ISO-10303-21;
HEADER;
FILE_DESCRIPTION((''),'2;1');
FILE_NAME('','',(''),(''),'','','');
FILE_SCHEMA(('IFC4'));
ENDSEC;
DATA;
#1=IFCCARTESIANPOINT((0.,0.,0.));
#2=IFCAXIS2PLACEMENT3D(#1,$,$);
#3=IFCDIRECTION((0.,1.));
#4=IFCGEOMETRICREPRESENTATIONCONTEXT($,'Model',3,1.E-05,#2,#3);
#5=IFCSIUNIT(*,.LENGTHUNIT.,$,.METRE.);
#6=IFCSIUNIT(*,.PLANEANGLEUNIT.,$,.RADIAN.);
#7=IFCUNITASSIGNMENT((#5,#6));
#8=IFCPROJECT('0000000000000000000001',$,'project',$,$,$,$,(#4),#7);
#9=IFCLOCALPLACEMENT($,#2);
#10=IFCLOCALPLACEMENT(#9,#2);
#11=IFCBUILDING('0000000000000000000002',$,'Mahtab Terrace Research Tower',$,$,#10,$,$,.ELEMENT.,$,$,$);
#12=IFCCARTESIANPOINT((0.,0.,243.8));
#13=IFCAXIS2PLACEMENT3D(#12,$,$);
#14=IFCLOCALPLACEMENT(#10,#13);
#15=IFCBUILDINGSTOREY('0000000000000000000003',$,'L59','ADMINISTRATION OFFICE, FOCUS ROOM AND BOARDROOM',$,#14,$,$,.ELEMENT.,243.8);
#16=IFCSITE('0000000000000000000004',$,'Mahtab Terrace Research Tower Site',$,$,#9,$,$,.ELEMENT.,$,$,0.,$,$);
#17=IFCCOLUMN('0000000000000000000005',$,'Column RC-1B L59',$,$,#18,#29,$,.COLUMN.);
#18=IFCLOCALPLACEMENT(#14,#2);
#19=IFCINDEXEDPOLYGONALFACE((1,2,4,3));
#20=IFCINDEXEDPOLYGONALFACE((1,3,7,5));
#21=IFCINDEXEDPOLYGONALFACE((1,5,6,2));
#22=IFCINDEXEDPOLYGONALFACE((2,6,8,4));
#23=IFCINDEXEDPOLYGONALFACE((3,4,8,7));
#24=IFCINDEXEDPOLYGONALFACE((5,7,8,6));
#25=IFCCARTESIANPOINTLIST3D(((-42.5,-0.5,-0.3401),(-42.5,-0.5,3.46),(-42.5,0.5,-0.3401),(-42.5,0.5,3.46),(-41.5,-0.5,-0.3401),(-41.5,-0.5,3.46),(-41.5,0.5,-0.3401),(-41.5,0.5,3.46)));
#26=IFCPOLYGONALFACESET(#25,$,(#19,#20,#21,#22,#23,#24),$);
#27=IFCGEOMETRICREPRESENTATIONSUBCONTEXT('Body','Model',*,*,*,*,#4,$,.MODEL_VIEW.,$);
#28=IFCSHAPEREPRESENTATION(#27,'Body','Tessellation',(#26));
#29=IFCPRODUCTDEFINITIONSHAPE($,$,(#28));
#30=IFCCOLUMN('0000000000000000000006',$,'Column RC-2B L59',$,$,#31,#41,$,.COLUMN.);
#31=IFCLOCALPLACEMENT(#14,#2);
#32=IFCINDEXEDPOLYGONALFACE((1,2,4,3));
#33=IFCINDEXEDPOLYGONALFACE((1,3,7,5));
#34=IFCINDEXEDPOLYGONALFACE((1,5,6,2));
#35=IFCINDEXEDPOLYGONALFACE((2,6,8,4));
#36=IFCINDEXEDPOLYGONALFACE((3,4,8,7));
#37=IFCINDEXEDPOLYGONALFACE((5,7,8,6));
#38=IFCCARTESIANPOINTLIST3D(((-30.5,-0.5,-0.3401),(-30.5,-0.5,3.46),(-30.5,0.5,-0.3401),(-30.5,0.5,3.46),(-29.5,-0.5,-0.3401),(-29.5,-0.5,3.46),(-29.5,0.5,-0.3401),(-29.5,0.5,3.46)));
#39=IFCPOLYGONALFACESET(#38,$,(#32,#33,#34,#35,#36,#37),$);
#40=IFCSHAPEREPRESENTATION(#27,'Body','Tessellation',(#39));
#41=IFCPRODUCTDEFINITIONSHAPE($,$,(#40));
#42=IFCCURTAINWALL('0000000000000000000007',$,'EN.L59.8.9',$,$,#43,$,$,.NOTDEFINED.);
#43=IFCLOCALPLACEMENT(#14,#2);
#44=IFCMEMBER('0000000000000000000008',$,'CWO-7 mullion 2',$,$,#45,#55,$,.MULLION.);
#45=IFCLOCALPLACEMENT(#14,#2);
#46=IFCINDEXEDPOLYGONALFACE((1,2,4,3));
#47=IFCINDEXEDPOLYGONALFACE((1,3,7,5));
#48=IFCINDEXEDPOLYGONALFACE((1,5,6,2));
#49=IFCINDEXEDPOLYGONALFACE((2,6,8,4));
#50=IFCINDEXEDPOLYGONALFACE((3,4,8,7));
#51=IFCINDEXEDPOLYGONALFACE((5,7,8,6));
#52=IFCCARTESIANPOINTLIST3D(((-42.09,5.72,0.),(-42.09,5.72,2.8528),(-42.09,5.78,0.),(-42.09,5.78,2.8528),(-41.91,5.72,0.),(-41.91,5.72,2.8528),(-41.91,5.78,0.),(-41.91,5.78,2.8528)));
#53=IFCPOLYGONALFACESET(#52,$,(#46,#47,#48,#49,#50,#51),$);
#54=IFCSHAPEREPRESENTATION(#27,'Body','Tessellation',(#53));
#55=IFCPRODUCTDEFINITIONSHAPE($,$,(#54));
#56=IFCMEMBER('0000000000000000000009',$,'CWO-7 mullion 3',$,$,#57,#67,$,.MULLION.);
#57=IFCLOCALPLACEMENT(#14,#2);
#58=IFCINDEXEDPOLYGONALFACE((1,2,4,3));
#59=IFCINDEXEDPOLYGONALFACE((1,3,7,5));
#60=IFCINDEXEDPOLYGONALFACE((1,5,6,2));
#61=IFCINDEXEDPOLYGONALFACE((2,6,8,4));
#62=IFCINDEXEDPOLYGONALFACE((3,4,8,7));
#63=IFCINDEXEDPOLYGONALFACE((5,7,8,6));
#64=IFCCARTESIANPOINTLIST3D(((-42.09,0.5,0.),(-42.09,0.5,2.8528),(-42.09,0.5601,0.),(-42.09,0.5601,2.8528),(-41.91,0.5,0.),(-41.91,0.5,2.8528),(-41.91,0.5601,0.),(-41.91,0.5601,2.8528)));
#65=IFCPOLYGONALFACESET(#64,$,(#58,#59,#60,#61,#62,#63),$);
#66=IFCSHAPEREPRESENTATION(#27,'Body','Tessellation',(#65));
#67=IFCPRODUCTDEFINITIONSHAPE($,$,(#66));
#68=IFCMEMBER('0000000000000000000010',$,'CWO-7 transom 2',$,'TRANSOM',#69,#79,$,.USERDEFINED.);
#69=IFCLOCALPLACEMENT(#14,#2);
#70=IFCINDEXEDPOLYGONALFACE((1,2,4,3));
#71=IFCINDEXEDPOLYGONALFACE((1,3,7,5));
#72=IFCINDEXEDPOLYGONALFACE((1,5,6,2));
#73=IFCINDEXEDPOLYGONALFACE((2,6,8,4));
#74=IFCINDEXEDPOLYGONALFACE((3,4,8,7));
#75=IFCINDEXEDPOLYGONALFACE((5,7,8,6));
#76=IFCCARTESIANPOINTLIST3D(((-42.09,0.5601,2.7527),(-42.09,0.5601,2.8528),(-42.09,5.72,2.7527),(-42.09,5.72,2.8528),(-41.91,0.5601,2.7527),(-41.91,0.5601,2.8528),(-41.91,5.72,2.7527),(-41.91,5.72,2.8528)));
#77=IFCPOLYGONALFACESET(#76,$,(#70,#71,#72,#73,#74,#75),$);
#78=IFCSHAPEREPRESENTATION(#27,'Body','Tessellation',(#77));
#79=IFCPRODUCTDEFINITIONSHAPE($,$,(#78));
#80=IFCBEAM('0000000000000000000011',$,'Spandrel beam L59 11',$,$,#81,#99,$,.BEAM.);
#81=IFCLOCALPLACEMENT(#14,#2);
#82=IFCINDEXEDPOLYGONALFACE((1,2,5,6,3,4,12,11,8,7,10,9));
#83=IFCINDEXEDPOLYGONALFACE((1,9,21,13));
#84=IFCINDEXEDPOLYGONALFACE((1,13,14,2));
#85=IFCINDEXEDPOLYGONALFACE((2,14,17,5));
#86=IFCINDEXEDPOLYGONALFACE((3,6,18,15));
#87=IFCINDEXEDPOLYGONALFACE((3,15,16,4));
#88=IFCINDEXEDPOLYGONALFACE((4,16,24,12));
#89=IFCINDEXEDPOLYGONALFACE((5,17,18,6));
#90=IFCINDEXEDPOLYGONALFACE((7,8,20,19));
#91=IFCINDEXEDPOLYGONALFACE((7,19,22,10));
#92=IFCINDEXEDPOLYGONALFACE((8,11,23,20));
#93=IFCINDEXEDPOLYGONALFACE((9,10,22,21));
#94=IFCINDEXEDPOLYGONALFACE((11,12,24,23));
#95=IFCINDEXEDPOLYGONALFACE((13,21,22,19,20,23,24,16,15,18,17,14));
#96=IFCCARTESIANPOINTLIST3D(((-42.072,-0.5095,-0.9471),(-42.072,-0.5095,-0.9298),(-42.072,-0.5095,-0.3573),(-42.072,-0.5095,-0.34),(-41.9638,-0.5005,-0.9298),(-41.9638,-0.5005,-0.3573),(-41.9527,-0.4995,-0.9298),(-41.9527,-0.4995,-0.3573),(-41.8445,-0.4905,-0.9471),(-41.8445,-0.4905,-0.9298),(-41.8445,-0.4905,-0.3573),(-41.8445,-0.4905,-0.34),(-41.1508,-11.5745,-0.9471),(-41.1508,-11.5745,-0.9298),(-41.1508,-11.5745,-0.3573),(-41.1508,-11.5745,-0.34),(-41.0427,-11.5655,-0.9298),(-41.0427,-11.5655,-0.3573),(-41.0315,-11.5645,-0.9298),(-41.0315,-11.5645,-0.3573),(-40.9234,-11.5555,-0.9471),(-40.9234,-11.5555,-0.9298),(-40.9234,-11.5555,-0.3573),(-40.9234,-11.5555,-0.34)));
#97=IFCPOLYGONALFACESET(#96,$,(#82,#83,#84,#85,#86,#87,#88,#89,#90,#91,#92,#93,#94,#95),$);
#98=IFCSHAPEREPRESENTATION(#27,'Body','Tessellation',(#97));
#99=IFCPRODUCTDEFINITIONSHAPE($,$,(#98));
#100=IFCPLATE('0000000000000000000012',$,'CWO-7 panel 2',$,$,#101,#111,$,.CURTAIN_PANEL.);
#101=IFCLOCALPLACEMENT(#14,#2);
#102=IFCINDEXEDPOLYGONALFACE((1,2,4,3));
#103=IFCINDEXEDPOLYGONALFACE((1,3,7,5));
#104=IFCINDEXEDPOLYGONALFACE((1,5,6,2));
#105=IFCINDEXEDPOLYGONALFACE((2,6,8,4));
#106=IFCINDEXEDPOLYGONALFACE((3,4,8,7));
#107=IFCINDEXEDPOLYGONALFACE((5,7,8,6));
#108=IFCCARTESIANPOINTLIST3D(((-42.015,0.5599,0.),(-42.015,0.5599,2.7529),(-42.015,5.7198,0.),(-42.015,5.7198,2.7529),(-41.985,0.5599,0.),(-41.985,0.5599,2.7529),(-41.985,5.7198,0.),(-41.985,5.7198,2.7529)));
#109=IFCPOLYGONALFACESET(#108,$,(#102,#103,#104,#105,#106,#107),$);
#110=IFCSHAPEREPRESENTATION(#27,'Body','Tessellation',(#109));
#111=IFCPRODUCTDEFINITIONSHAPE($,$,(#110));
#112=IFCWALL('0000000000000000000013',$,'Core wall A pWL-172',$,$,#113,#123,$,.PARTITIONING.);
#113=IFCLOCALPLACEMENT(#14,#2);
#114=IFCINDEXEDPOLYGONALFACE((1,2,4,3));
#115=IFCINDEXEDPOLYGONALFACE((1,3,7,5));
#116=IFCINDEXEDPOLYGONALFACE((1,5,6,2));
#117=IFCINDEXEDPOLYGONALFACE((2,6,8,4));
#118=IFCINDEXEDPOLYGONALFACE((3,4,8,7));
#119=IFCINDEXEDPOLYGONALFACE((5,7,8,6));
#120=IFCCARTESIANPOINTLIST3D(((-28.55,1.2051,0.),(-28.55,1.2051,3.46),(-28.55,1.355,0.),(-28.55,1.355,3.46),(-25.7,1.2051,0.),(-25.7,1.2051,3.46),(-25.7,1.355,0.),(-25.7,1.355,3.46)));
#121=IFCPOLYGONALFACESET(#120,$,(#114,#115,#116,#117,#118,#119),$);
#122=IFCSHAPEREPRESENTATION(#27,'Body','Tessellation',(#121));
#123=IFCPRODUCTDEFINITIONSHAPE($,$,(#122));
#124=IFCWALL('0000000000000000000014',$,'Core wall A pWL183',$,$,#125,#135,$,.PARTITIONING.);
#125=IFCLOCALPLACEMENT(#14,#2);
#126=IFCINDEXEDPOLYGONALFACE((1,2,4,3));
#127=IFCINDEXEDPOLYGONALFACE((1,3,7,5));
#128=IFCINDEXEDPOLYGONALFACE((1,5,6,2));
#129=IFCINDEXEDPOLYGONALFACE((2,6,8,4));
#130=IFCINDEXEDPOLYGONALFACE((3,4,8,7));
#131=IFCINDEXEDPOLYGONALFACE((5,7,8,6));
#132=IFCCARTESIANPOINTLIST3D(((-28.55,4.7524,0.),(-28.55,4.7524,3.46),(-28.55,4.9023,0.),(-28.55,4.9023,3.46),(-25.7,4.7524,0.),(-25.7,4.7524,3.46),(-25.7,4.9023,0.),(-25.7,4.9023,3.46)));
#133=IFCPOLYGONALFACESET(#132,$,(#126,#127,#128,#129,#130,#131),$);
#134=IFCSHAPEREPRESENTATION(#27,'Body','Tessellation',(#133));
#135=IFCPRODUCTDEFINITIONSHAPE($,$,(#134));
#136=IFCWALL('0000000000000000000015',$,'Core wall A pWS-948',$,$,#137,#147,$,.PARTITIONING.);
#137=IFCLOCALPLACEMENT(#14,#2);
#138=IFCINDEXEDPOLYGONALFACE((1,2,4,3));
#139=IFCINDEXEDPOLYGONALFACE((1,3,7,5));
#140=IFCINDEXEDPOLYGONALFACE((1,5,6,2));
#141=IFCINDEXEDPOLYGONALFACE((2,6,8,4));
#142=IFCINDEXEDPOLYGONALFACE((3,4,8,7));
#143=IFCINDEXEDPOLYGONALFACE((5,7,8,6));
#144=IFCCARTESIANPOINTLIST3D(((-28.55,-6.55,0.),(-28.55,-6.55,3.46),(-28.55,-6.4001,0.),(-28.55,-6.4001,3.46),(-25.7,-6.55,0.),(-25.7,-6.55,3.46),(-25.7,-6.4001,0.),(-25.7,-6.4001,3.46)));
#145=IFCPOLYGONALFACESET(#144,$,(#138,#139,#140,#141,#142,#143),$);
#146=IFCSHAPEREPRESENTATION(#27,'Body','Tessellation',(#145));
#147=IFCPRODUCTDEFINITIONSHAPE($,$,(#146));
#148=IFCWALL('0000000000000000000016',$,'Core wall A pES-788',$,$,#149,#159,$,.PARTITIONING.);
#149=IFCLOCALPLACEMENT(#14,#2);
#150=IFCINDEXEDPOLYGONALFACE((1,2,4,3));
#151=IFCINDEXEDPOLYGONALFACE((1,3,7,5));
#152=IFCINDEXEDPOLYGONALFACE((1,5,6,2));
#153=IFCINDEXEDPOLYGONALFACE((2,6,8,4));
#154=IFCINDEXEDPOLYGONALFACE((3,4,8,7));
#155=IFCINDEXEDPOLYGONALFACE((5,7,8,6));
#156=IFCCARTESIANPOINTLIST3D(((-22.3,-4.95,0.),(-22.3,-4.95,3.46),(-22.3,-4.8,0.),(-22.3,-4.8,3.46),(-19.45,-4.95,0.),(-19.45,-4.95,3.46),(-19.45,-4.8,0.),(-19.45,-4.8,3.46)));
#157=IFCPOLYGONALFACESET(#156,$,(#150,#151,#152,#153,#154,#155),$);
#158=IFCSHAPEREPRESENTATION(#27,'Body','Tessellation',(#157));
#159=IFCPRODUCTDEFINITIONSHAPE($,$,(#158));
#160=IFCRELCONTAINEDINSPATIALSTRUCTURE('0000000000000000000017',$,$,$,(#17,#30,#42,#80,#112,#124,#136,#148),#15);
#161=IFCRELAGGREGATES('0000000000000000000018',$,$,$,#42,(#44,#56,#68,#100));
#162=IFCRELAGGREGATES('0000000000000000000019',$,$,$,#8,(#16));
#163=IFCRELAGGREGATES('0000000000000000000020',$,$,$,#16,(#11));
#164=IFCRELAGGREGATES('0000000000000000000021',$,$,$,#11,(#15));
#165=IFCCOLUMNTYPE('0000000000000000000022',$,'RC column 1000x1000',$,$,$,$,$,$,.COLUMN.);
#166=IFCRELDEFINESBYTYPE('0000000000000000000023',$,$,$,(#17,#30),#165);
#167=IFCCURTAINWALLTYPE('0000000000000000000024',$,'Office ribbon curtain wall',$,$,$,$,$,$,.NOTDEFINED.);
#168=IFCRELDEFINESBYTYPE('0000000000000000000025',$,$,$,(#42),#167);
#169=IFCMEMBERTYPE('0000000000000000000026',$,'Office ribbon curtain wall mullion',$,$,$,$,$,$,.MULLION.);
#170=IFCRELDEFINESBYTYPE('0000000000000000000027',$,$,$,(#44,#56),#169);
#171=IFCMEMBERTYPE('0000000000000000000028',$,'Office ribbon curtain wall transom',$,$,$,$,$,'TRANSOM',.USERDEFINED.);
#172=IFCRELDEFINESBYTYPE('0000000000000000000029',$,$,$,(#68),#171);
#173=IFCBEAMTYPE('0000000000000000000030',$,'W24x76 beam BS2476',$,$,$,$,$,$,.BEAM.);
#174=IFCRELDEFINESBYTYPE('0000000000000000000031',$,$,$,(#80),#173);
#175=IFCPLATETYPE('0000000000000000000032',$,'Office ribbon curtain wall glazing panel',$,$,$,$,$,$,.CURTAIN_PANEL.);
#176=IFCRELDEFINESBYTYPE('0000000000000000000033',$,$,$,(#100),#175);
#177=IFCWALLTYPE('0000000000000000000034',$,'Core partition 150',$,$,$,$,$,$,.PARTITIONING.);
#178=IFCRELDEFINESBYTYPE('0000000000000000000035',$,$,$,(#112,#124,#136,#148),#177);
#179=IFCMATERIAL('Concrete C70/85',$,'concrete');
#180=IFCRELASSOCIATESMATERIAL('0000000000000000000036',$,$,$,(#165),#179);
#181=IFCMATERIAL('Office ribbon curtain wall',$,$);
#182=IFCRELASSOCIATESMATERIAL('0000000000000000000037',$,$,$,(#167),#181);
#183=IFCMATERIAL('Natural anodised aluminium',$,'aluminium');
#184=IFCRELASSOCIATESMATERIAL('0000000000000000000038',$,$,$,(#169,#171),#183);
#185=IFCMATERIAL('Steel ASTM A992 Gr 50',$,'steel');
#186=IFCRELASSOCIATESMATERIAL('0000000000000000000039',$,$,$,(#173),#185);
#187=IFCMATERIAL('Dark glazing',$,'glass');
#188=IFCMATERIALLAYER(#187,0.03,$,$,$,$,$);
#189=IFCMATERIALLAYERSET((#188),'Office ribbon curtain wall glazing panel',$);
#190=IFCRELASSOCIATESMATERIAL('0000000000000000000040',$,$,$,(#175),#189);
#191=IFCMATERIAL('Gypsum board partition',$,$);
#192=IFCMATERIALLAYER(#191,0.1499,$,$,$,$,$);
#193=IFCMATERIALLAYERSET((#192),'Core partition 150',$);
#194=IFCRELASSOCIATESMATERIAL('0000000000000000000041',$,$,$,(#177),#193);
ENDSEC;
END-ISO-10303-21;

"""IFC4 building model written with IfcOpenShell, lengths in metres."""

from ifc_helpers import new_model, si_unit, direction, frame, frame_2d, origin, origin_2d, place, context, subcontext, project, spatial, rectangle, i_section, extrude, material, layer, layer_set, material_profile, profile_set, type_object, element, aggregate, save


model = new_model("IFC4")

# Units and contexts
model_context = context("Model", 3, precision=1e-05, world=origin(), true_north=direction((0.0, 1.0)))
body_context = subcontext(model_context, "Body", "Model", "MODEL_VIEW")
ifc_project = project(units=[si_unit("LENGTHUNIT", "METRE"), si_unit("PLANEANGLEUNIT", "RADIAN")], contexts=[model_context])

# Site, building, storey
site_placement = place(None, origin())
site = spatial("IfcSite", under=ifc_project, at=site_placement, Name="Mahtab Terrace Research Tower Site", CompositionType="ELEMENT", RefElevation=0.0)
building_placement = place(site_placement, origin())
building = spatial("IfcBuilding", under=site, at=building_placement, Name="Mahtab Terrace Research Tower", CompositionType="ELEMENT")
storey_placement = place(building_placement, frame((0.0, 0.0, 243.8)))
storey = spatial("IfcBuildingStorey", under=building, at=storey_placement, Name="L59", Description="ADMINISTRATION OFFICE, FOCUS ROOM AND BOARDROOM", CompositionType="ELEMENT", Elevation=243.8)

# Columns
ifc_material_1 = material(Name="Concrete C70/85", Category="concrete")
ifc_material_profile_1 = material_profile(ifc_material_1, rectangle(XDim=1.0, YDim=1.0, at=origin_2d()), Name="RC column 1000x1000")
ifc_profile_set_1 = profile_set([ifc_material_profile_1], Name="Concrete C70/85")
column_type = type_object("IfcColumnType", Name="RC column 1000x1000", PredefinedType="COLUMN", material=ifc_profile_set_1)
for number, where, z_axis, x_axis, name in (
    (1, (-42.0, 0.0, -0.3401), (0.0, 0.0, 1.0), (1.0, 0.0, 0.0), "Column RC-1B L59"),
    (2, (-30.0, 0.0, -0.3401), (0.0, 0.0, 1.0), (1.0, 0.0, 0.0), "Column RC-2B L59"),
):
    element("IfcColumn", number, at=place(storey_placement, frame(where, z_axis=z_axis, x_axis=x_axis)), inside=storey, type_object=column_type, Name=name, PredefinedType="COLUMN", context=body_context, shape_type="SweptSolid", body=[
        extrude(rectangle(XDim=1.0, YDim=1.0, at=origin_2d()), origin(), (0.0, 0.0, 1.0), 3.8),
    ])

# Curtain wall, members
ifc_material_2 = material(Name="Office ribbon curtain wall")
curtain_wall_type = type_object("IfcCurtainWallType", Name="Office ribbon curtain wall", PredefinedType="NOTDEFINED", material=ifc_material_2)
curtain_wall_placement = place(storey_placement, origin())
curtain_wall = element("IfcCurtainWall", 3, at=curtain_wall_placement, inside=storey, type_object=curtain_wall_type, Name="EN.L59.8.9", PredefinedType="NOTDEFINED")
ifc_material_3 = material(Name="Natural anodised aluminium", Category="aluminium")
ifc_material_profile_2 = material_profile(ifc_material_3, rectangle(XDim=0.1799, YDim=0.0601, at=origin_2d()), Name="MULLION 60x180")
ifc_profile_set_2 = profile_set([ifc_material_profile_2], Name="Natural anodised aluminium")
member_type_1 = type_object("IfcMemberType", Name="Office ribbon curtain wall mullion", PredefinedType="MULLION", material=ifc_profile_set_2)
member_1_placement = place(storey_placement, frame((-42.0, 5.75, 0.0), z_axis=(0.0, 0.0, 1.0), x_axis=(1.0, 0.0, 0.0)))
member_1 = element("IfcMember", 4, at=member_1_placement, type_object=member_type_1, Name="CWO-7 mullion 2", PredefinedType="MULLION", context=body_context, shape_type="SweptSolid", body=[
    extrude(rectangle(XDim=0.1799, YDim=0.0601, at=origin_2d()), origin(), (0.0, 0.0, 1.0), 2.8528),
])
member_2_placement = place(storey_placement, frame((-42.0, 0.53, 0.0), z_axis=(0.0, 0.0, 1.0), x_axis=(1.0, 0.0, 0.0)))
member_2 = element("IfcMember", 5, at=member_2_placement, type_object=member_type_1, Name="CWO-7 mullion 3", PredefinedType="MULLION", context=body_context, shape_type="SweptSolid", body=[
    extrude(rectangle(XDim=0.1799, YDim=0.0601, at=origin_2d()), origin(), (0.0, 0.0, 1.0), 2.8528),
])
ifc_material_profile_3 = material_profile(ifc_material_3, rectangle(XDim=0.1799, YDim=0.1001, at=origin_2d()), Name="TRANSOM 100x180")
ifc_profile_set_3 = profile_set([ifc_material_profile_3], Name="Natural anodised aluminium")
member_type_2 = type_object("IfcMemberType", Name="Office ribbon curtain wall transom", ElementType="TRANSOM", PredefinedType="USERDEFINED", material=ifc_profile_set_3)
member_3_placement = place(storey_placement, frame((-42.0, 5.72, 2.8027), z_axis=(0.0, -1.0, 0.0), x_axis=(1.0, 0.0, 0.0)))
member_3 = element("IfcMember", 6, at=member_3_placement, type_object=member_type_2, Name="CWO-7 transom 2", ObjectType="TRANSOM", PredefinedType="USERDEFINED", context=body_context, shape_type="SweptSolid", body=[
    extrude(rectangle(XDim=0.1799, YDim=0.1001, at=origin_2d()), origin(), (0.0, 0.0, 1.0), 5.1599),
])

# Beam
ifc_material_4 = material(Name="Steel ASTM A992 Gr 50", Category="steel")
ifc_material_profile_4 = material_profile(ifc_material_4, i_section(OverallWidth=0.2283, OverallDepth=0.6072, WebThickness=0.0112, FlangeThickness=0.0173, at=origin_2d()), Name="W24X76")
ifc_profile_set_4 = profile_set([ifc_material_profile_4], Name="Steel ASTM A992 Gr 50")
beam_type = type_object("IfcBeamType", Name="W24x76 beam BS2476", PredefinedType="BEAM", material=ifc_profile_set_4)
beam_placement = place(storey_placement, frame((-41.9583, -0.5, -0.6436), z_axis=(0.082962, -0.996553, 0.0), x_axis=(0.996553, 0.082962, 0.0)))
element("IfcBeam", 7, at=beam_placement, inside=storey, type_object=beam_type, Name="Spandrel beam L59 11", PredefinedType="BEAM", context=body_context, shape_type="SweptSolid", body=[
    extrude(i_section(OverallWidth=0.2283, OverallDepth=0.6072, WebThickness=0.0112, FlangeThickness=0.0173, at=origin_2d()), origin(), (0.0, 0.0, 1.0), 11.1033),
])

# Plate
ifc_material_5 = material(Name="Dark glazing", Category="glass")
ifc_layer_1 = layer(ifc_material_5, 0.03)
ifc_layer_set_1 = layer_set([ifc_layer_1], Name="Office ribbon curtain wall glazing panel")
plate_type = type_object("IfcPlateType", Name="Office ribbon curtain wall glazing panel", PredefinedType="CURTAIN_PANEL", material=ifc_layer_set_1)
plate_placement = place(storey_placement, frame((-42.0, 3.1399, 0.0), z_axis=(0.0, 0.0, 1.0), x_axis=(0.0, -1.0, 0.0)))
plate = element("IfcPlate", 8, at=plate_placement, type_object=plate_type, Name="CWO-7 panel 2", PredefinedType="CURTAIN_PANEL", context=body_context, shape_type="SweptSolid", body=[
    extrude(rectangle(XDim=5.1599, YDim=0.03, at=origin_2d()), origin(), (0.0, 0.0, 1.0), 2.7529),
])
aggregate(curtain_wall, [member_1, member_2, member_3, plate])

# Walls
ifc_material_6 = material(Name="Gypsum board partition")
ifc_layer_2 = layer(ifc_material_6, 0.1499)
ifc_layer_set_2 = layer_set([ifc_layer_2], Name="Core partition 150")
wall_type_1 = type_object("IfcWallType", Name="Core partition 150", PredefinedType="PARTITIONING", material=ifc_layer_set_2)
for number, where, z_axis, x_axis, name in (
    (9, (-28.55, 1.28, 0.0), (0.0, 0.0, 1.0), (1.0, 0.0, 0.0), "Core wall A pWL-172"),
    (10, (-28.55, 4.8274, 0.0), (0.0, 0.0, 1.0), (1.0, 0.0, 0.0), "Core wall A pWL183"),
    (11, (-28.55, -6.4751, 0.0), (0.0, 0.0, 1.0), (1.0, 0.0, 0.0), "Core wall A pWS-948"),
    (12, (-22.3, -4.875, 0.0), (0.0, 0.0, 1.0), (1.0, 0.0, 0.0), "Core wall A pES-788"),
):
    element("IfcWall", number, at=place(storey_placement, frame(where, z_axis=z_axis, x_axis=x_axis)), inside=storey, type_object=wall_type_1, Name=name, PredefinedType="PARTITIONING", context=body_context, shape_type="SweptSolid", body=[
        extrude(rectangle(XDim=2.8501, YDim=0.1499, at=frame_2d((1.425, 0.0))), origin(), (0.0, 0.0, 1.0), 3.46),
    ])

save(model, "model.ifc")
